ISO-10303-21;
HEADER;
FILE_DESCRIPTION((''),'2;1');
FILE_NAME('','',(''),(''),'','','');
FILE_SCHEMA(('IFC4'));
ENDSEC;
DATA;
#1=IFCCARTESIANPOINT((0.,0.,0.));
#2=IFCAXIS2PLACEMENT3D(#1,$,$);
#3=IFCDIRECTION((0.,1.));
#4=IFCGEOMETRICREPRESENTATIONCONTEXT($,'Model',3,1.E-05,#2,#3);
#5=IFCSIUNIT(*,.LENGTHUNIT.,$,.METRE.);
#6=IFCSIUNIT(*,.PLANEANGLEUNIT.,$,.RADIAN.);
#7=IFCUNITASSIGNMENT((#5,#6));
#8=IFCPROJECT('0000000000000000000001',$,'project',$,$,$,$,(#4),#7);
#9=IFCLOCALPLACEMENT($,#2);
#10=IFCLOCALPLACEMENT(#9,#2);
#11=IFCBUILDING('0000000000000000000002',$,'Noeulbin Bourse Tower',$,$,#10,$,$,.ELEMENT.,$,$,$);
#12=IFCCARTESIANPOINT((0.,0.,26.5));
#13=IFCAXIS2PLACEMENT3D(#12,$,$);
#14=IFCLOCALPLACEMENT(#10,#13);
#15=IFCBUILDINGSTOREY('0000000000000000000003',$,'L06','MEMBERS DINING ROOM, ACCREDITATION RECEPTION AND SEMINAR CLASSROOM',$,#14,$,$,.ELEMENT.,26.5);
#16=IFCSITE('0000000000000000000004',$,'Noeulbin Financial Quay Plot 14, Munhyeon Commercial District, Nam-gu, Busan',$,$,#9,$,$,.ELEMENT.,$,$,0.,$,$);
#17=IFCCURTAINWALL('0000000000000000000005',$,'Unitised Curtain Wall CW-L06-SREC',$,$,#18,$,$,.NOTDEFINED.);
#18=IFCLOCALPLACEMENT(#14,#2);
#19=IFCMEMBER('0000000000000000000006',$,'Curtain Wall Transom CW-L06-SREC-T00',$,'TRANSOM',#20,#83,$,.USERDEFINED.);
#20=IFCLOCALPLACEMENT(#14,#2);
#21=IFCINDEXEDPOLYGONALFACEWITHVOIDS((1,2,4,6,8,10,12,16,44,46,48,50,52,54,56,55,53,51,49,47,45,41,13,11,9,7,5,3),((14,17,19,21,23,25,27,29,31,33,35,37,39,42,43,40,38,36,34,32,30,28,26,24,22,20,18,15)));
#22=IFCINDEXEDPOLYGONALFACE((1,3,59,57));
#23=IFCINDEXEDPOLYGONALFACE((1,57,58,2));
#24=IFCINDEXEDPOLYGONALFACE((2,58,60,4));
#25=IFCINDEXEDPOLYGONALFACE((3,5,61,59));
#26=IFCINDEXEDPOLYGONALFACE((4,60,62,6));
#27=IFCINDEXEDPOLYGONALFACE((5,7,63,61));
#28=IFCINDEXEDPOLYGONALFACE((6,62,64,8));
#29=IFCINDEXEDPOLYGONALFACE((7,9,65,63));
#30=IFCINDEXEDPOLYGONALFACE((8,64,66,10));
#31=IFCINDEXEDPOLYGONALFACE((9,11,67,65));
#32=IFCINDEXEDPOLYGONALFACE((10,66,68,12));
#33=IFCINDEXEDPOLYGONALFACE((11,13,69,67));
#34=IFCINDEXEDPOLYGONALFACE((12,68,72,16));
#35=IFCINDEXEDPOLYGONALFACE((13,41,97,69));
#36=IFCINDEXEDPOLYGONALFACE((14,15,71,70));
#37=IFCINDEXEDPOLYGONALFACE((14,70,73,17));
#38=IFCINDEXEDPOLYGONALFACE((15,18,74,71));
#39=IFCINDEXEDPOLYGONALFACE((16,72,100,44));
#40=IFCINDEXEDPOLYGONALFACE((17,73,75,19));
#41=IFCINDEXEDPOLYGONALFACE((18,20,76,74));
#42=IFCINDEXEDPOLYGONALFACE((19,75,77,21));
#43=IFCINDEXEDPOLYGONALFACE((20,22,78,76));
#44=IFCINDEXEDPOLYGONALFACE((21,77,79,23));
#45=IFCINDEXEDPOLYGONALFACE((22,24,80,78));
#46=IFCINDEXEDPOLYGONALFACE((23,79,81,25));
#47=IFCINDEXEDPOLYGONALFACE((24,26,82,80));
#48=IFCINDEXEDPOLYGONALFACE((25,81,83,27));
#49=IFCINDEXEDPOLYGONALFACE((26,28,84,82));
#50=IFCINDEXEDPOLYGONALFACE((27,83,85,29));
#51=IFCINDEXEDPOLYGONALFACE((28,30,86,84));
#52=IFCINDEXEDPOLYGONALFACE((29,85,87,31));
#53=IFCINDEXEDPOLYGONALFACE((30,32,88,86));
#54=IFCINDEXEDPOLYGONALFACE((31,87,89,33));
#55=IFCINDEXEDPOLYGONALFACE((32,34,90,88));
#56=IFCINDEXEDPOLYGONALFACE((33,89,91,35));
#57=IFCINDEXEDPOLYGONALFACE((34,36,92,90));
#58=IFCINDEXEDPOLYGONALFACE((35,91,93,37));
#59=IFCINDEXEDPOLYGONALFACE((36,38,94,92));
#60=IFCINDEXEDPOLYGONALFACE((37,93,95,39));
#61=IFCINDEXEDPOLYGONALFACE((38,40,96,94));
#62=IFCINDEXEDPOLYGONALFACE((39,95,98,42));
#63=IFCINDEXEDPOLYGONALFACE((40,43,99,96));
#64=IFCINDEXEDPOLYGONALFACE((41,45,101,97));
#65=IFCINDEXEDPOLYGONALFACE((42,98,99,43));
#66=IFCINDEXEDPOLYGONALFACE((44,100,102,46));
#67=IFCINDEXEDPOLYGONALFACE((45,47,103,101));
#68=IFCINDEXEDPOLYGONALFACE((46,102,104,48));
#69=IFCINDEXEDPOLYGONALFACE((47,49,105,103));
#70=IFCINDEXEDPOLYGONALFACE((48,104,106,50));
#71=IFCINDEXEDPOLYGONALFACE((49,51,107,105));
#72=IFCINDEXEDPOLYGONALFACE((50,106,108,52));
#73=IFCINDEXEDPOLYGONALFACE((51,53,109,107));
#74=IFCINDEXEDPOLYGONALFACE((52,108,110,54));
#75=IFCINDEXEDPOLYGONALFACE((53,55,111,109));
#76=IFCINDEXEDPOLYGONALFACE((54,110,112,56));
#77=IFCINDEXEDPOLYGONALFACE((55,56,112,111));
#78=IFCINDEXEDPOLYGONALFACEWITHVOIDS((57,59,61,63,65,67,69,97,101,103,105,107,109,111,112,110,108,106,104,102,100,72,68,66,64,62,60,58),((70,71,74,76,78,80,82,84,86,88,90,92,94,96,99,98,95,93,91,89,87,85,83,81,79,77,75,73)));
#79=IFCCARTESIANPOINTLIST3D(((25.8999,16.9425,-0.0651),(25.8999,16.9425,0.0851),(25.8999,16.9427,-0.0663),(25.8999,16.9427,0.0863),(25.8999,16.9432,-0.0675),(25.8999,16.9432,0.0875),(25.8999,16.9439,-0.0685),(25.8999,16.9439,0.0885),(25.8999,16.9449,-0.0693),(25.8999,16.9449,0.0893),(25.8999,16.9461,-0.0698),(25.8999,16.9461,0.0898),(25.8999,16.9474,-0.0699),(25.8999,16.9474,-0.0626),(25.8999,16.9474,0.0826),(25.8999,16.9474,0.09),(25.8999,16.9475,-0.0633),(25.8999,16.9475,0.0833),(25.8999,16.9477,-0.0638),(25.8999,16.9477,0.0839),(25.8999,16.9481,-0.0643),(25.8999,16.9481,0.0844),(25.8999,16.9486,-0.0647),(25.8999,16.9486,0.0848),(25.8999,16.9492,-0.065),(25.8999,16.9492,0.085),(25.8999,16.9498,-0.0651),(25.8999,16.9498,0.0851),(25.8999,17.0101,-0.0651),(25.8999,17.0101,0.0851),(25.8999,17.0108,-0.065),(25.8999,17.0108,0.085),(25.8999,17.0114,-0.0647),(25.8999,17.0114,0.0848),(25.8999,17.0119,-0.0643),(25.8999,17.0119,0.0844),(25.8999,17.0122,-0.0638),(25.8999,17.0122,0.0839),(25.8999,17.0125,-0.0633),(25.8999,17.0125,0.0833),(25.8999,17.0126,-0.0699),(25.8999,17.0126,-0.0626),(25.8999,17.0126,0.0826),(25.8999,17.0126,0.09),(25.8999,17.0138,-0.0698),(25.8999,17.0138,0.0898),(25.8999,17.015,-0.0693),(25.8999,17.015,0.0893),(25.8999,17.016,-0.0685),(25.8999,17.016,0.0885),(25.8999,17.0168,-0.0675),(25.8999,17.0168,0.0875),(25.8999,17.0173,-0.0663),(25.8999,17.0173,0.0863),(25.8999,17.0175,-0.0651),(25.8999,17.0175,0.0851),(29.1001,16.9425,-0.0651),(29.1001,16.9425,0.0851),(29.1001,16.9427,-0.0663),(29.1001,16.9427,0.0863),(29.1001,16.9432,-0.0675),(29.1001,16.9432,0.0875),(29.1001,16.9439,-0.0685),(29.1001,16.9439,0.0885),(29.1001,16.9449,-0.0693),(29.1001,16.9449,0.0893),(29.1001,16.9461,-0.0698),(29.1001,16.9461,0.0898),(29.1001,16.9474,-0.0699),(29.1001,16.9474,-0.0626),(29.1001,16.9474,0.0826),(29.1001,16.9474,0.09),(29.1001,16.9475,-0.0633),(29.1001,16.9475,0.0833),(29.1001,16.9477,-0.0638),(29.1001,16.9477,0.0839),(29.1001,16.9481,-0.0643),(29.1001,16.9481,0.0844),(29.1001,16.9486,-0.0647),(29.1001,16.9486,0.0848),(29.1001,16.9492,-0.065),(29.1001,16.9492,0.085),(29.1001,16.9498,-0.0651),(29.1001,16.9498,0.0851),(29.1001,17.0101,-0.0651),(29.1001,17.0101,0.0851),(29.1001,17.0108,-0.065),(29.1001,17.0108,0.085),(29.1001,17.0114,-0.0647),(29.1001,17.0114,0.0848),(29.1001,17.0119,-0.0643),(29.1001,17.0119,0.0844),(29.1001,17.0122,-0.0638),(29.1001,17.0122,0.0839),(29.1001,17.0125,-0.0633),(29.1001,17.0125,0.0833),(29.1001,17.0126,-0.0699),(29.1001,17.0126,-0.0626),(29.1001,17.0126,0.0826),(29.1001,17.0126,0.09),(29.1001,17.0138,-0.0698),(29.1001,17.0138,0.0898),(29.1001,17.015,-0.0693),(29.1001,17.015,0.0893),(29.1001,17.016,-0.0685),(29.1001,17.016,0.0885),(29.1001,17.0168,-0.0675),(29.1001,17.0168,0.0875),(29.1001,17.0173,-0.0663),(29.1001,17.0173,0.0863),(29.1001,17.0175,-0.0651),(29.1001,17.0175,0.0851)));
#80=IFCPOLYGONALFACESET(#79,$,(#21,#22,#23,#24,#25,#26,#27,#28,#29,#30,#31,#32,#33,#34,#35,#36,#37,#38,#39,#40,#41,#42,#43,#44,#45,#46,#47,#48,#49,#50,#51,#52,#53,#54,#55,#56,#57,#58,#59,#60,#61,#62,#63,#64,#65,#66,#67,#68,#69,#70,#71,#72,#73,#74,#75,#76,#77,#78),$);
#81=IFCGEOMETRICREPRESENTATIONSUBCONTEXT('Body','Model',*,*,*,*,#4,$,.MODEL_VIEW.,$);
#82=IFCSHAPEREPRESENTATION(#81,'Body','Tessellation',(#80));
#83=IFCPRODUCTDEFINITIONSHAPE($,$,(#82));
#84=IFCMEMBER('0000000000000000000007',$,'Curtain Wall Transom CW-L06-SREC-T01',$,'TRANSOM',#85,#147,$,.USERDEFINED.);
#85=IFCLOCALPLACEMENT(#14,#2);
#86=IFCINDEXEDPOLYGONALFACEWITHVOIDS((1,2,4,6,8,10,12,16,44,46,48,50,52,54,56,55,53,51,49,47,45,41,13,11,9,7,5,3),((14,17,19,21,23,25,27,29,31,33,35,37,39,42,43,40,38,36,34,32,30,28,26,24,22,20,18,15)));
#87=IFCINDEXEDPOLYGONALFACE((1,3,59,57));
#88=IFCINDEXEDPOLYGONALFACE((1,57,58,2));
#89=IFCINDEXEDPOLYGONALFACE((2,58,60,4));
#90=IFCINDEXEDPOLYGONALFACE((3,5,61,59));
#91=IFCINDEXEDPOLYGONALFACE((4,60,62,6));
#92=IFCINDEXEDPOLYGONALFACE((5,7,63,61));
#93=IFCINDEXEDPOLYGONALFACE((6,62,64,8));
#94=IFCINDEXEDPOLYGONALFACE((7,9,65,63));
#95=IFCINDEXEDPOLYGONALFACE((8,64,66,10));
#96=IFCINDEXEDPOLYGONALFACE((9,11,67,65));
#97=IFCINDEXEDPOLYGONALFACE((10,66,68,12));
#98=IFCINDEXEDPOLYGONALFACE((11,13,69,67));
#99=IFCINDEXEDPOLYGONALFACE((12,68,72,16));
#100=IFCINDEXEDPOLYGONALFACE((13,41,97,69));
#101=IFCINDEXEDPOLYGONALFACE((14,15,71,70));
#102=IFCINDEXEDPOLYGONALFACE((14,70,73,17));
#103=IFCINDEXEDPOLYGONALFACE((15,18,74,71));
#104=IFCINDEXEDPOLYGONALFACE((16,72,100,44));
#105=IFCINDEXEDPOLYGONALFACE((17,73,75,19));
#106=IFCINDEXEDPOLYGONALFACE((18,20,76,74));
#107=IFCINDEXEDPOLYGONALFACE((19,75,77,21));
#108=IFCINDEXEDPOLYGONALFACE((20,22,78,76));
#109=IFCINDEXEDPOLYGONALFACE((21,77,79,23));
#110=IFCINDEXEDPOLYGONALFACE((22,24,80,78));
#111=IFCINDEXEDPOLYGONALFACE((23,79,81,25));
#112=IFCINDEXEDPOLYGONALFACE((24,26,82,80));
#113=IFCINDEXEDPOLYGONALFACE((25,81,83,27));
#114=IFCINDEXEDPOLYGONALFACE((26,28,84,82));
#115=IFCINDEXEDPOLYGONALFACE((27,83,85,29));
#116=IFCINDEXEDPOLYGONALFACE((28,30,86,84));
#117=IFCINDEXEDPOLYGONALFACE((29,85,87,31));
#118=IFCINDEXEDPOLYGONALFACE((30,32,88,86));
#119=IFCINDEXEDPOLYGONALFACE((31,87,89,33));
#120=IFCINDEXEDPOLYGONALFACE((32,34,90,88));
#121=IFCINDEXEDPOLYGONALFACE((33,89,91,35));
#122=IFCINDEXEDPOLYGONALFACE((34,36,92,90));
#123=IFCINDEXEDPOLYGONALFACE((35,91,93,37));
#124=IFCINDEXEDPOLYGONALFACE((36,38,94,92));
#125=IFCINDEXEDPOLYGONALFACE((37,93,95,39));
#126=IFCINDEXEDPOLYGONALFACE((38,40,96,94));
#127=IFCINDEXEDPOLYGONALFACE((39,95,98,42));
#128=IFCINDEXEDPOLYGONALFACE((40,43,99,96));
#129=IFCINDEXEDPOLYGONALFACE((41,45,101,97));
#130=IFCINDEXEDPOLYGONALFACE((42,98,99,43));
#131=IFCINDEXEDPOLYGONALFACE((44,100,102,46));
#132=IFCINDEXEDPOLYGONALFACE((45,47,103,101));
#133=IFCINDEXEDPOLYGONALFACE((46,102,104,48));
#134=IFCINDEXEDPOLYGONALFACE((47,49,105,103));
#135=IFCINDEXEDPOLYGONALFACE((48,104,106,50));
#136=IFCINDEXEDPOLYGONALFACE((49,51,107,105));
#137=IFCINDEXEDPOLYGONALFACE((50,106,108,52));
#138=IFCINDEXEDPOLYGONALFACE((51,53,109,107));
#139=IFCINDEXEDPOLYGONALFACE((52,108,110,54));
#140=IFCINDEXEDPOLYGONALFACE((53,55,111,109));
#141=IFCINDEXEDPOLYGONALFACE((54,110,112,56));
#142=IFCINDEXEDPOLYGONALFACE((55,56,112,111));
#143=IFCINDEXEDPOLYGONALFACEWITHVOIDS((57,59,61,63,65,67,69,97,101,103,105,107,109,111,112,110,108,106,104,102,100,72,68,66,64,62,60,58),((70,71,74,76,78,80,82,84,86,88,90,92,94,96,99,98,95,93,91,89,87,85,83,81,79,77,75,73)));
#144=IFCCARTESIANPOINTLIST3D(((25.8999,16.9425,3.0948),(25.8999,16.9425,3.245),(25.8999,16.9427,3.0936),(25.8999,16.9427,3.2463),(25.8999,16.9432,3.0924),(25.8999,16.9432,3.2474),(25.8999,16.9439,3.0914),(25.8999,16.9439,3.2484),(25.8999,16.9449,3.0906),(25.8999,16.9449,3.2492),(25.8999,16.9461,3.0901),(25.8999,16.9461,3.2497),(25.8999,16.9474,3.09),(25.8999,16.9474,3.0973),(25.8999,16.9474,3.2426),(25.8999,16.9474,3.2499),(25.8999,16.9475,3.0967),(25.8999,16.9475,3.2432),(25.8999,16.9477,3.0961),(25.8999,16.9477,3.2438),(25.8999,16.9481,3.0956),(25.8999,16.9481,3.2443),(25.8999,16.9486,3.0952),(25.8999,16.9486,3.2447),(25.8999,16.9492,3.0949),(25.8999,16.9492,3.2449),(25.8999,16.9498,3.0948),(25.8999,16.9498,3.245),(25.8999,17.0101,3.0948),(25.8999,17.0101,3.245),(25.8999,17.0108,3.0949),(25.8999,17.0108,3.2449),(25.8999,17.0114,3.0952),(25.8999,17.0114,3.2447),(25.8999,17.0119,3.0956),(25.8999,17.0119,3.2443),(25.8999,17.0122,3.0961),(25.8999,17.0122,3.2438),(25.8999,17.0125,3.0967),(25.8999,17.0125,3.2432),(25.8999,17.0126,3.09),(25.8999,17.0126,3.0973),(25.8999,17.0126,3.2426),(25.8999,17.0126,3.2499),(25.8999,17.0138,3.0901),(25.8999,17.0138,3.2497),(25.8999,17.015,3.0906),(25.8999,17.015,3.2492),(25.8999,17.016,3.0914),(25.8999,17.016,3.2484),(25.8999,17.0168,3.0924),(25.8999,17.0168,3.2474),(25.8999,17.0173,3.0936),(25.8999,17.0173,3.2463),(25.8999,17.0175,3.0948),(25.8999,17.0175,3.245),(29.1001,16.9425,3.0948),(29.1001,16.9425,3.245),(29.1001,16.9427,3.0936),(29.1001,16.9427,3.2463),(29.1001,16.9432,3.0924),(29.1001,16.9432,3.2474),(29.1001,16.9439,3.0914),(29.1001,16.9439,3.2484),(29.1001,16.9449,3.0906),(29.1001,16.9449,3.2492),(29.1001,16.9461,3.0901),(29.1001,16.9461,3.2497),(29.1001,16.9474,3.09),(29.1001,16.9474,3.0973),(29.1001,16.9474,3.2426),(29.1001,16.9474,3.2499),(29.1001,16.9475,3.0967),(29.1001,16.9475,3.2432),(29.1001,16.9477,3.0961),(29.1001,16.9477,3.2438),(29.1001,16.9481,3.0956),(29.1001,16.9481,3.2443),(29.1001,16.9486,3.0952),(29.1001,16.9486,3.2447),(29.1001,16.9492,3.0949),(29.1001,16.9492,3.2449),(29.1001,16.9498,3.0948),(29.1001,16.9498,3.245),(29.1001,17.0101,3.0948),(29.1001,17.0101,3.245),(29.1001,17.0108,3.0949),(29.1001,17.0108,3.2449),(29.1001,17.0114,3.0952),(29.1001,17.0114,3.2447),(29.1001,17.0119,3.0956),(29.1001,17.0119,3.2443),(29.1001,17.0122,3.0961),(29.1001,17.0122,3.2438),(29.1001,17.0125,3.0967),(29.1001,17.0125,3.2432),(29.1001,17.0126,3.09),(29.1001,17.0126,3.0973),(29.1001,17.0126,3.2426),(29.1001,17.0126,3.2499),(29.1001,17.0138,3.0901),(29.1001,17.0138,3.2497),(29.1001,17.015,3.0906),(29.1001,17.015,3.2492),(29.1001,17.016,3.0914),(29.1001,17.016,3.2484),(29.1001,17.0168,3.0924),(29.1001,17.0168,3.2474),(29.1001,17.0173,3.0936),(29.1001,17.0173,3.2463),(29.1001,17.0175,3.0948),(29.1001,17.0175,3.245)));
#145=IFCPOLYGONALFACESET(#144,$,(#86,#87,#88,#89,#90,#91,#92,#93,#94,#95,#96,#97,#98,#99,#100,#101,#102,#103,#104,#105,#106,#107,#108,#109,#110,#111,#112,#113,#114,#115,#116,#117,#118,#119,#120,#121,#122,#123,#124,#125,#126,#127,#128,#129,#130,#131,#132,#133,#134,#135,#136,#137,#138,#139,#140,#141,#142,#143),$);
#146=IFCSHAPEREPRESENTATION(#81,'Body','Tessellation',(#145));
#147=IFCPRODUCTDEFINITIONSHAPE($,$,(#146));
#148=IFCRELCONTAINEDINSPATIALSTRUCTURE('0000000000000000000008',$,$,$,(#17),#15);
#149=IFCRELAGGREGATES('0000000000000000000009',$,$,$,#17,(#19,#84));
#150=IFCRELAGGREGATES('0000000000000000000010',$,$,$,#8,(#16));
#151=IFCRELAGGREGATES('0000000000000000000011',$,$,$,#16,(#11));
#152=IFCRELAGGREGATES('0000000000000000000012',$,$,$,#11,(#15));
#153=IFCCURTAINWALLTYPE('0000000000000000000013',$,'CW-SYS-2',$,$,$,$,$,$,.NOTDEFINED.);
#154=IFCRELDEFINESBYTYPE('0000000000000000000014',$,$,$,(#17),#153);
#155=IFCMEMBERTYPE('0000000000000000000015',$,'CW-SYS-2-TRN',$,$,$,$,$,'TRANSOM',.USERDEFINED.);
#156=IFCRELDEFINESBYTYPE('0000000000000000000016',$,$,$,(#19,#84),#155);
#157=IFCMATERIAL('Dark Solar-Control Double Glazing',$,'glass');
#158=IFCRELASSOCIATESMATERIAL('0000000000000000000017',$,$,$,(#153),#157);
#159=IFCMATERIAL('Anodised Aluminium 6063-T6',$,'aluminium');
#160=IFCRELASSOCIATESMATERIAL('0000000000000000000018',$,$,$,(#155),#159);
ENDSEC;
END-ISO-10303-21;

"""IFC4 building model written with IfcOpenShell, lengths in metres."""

from ifc_helpers import new_model, si_unit, direction, frame, origin, origin_2d, place, context, subcontext, project, spatial, hollow_rectangle, extrude, material, material_profile, profile_set, type_object, element, aggregate, save


model = new_model("IFC4")

# Units and contexts
model_context = context("Model", 3, precision=1e-05, world=origin(), true_north=direction((0.0, 1.0)))
body_context = subcontext(model_context, "Body", "Model", "MODEL_VIEW")
ifc_project = project(units=[si_unit("LENGTHUNIT", "METRE"), si_unit("PLANEANGLEUNIT", "RADIAN")], contexts=[model_context])

# Site, building, storey
site_placement = place(None, origin())
site = spatial("IfcSite", under=ifc_project, at=site_placement, Name="Noeulbin Financial Quay Plot 14, Munhyeon Commercial District, Nam-gu, Busan", CompositionType="ELEMENT", RefElevation=0.0)
building_placement = place(site_placement, origin())
building = spatial("IfcBuilding", under=site, at=building_placement, Name="Noeulbin Bourse Tower", CompositionType="ELEMENT")
storey_placement = place(building_placement, frame((0.0, 0.0, 26.5)))
storey = spatial("IfcBuildingStorey", under=building, at=storey_placement, Name="L06", Description="MEMBERS DINING ROOM, ACCREDITATION RECEPTION AND SEMINAR CLASSROOM", CompositionType="ELEMENT", Elevation=26.5)

# Curtain wall
ifc_material_1 = material(Name="Dark Solar-Control Double Glazing", Category="glass")
curtain_wall_type = type_object("IfcCurtainWallType", Name="CW-SYS-2", PredefinedType="NOTDEFINED", material=ifc_material_1)
curtain_wall_1_placement = place(storey_placement, origin())
curtain_wall_1 = element("IfcCurtainWall", 1, at=curtain_wall_1_placement, inside=storey, type_object=curtain_wall_type, Name="Unitised Curtain Wall CW-L06-SREC", PredefinedType="NOTDEFINED")
ifc_material_2 = material(Name="Anodised Aluminium 6063-T6", Category="aluminium")

# Members
ifc_material_profile_1 = material_profile(ifc_material_2, hollow_rectangle(XDim=0.075, YDim=0.1599, WallThickness=0.0049, InnerFilletRadius=0.0024, OuterFilletRadius=0.0049, at=origin_2d()), Name="ALU-TRAN-75x160x5", Category="LoadBearing")
ifc_profile_set_1 = profile_set([ifc_material_profile_1], Name="Anodised Aluminium 6063-T6")
member_type_1 = type_object("IfcMemberType", Name="CW-SYS-2-TRN", ElementType="TRANSOM", PredefinedType="USERDEFINED", material=ifc_profile_set_1)
member_1_placement = place(storey_placement, frame((25.8999, 16.98, 0.01), z_axis=(1.0, 0.0, 0.0), x_axis=(0.0, 1.0, 0.0)))
member_1 = element("IfcMember", 2, at=member_1_placement, type_object=member_type_1, Name="Curtain Wall Transom CW-L06-SREC-T00", ObjectType="TRANSOM", PredefinedType="USERDEFINED", context=body_context, shape_type="SweptSolid", body=[
    extrude(hollow_rectangle(XDim=0.075, YDim=0.1599, WallThickness=0.0049, InnerFilletRadius=0.0024, OuterFilletRadius=0.0049, at=origin_2d()), origin(), (0.0, 0.0, 1.0), 3.2002),
])
member_2_placement = place(storey_placement, frame((25.8999, 16.98, 3.1699), z_axis=(1.0, 0.0, 0.0), x_axis=(0.0, 1.0, 0.0)))
member_2 = element("IfcMember", 3, at=member_2_placement, type_object=member_type_1, Name="Curtain Wall Transom CW-L06-SREC-T01", ObjectType="TRANSOM", PredefinedType="USERDEFINED", context=body_context, shape_type="SweptSolid", body=[
    extrude(hollow_rectangle(XDim=0.075, YDim=0.1599, WallThickness=0.0049, InnerFilletRadius=0.0024, OuterFilletRadius=0.0049, at=origin_2d()), origin(), (0.0, 0.0, 1.0), 3.2002),
])

aggregate(curtain_wall_1, [member_1, member_2])

save(model, "model.ifc")
